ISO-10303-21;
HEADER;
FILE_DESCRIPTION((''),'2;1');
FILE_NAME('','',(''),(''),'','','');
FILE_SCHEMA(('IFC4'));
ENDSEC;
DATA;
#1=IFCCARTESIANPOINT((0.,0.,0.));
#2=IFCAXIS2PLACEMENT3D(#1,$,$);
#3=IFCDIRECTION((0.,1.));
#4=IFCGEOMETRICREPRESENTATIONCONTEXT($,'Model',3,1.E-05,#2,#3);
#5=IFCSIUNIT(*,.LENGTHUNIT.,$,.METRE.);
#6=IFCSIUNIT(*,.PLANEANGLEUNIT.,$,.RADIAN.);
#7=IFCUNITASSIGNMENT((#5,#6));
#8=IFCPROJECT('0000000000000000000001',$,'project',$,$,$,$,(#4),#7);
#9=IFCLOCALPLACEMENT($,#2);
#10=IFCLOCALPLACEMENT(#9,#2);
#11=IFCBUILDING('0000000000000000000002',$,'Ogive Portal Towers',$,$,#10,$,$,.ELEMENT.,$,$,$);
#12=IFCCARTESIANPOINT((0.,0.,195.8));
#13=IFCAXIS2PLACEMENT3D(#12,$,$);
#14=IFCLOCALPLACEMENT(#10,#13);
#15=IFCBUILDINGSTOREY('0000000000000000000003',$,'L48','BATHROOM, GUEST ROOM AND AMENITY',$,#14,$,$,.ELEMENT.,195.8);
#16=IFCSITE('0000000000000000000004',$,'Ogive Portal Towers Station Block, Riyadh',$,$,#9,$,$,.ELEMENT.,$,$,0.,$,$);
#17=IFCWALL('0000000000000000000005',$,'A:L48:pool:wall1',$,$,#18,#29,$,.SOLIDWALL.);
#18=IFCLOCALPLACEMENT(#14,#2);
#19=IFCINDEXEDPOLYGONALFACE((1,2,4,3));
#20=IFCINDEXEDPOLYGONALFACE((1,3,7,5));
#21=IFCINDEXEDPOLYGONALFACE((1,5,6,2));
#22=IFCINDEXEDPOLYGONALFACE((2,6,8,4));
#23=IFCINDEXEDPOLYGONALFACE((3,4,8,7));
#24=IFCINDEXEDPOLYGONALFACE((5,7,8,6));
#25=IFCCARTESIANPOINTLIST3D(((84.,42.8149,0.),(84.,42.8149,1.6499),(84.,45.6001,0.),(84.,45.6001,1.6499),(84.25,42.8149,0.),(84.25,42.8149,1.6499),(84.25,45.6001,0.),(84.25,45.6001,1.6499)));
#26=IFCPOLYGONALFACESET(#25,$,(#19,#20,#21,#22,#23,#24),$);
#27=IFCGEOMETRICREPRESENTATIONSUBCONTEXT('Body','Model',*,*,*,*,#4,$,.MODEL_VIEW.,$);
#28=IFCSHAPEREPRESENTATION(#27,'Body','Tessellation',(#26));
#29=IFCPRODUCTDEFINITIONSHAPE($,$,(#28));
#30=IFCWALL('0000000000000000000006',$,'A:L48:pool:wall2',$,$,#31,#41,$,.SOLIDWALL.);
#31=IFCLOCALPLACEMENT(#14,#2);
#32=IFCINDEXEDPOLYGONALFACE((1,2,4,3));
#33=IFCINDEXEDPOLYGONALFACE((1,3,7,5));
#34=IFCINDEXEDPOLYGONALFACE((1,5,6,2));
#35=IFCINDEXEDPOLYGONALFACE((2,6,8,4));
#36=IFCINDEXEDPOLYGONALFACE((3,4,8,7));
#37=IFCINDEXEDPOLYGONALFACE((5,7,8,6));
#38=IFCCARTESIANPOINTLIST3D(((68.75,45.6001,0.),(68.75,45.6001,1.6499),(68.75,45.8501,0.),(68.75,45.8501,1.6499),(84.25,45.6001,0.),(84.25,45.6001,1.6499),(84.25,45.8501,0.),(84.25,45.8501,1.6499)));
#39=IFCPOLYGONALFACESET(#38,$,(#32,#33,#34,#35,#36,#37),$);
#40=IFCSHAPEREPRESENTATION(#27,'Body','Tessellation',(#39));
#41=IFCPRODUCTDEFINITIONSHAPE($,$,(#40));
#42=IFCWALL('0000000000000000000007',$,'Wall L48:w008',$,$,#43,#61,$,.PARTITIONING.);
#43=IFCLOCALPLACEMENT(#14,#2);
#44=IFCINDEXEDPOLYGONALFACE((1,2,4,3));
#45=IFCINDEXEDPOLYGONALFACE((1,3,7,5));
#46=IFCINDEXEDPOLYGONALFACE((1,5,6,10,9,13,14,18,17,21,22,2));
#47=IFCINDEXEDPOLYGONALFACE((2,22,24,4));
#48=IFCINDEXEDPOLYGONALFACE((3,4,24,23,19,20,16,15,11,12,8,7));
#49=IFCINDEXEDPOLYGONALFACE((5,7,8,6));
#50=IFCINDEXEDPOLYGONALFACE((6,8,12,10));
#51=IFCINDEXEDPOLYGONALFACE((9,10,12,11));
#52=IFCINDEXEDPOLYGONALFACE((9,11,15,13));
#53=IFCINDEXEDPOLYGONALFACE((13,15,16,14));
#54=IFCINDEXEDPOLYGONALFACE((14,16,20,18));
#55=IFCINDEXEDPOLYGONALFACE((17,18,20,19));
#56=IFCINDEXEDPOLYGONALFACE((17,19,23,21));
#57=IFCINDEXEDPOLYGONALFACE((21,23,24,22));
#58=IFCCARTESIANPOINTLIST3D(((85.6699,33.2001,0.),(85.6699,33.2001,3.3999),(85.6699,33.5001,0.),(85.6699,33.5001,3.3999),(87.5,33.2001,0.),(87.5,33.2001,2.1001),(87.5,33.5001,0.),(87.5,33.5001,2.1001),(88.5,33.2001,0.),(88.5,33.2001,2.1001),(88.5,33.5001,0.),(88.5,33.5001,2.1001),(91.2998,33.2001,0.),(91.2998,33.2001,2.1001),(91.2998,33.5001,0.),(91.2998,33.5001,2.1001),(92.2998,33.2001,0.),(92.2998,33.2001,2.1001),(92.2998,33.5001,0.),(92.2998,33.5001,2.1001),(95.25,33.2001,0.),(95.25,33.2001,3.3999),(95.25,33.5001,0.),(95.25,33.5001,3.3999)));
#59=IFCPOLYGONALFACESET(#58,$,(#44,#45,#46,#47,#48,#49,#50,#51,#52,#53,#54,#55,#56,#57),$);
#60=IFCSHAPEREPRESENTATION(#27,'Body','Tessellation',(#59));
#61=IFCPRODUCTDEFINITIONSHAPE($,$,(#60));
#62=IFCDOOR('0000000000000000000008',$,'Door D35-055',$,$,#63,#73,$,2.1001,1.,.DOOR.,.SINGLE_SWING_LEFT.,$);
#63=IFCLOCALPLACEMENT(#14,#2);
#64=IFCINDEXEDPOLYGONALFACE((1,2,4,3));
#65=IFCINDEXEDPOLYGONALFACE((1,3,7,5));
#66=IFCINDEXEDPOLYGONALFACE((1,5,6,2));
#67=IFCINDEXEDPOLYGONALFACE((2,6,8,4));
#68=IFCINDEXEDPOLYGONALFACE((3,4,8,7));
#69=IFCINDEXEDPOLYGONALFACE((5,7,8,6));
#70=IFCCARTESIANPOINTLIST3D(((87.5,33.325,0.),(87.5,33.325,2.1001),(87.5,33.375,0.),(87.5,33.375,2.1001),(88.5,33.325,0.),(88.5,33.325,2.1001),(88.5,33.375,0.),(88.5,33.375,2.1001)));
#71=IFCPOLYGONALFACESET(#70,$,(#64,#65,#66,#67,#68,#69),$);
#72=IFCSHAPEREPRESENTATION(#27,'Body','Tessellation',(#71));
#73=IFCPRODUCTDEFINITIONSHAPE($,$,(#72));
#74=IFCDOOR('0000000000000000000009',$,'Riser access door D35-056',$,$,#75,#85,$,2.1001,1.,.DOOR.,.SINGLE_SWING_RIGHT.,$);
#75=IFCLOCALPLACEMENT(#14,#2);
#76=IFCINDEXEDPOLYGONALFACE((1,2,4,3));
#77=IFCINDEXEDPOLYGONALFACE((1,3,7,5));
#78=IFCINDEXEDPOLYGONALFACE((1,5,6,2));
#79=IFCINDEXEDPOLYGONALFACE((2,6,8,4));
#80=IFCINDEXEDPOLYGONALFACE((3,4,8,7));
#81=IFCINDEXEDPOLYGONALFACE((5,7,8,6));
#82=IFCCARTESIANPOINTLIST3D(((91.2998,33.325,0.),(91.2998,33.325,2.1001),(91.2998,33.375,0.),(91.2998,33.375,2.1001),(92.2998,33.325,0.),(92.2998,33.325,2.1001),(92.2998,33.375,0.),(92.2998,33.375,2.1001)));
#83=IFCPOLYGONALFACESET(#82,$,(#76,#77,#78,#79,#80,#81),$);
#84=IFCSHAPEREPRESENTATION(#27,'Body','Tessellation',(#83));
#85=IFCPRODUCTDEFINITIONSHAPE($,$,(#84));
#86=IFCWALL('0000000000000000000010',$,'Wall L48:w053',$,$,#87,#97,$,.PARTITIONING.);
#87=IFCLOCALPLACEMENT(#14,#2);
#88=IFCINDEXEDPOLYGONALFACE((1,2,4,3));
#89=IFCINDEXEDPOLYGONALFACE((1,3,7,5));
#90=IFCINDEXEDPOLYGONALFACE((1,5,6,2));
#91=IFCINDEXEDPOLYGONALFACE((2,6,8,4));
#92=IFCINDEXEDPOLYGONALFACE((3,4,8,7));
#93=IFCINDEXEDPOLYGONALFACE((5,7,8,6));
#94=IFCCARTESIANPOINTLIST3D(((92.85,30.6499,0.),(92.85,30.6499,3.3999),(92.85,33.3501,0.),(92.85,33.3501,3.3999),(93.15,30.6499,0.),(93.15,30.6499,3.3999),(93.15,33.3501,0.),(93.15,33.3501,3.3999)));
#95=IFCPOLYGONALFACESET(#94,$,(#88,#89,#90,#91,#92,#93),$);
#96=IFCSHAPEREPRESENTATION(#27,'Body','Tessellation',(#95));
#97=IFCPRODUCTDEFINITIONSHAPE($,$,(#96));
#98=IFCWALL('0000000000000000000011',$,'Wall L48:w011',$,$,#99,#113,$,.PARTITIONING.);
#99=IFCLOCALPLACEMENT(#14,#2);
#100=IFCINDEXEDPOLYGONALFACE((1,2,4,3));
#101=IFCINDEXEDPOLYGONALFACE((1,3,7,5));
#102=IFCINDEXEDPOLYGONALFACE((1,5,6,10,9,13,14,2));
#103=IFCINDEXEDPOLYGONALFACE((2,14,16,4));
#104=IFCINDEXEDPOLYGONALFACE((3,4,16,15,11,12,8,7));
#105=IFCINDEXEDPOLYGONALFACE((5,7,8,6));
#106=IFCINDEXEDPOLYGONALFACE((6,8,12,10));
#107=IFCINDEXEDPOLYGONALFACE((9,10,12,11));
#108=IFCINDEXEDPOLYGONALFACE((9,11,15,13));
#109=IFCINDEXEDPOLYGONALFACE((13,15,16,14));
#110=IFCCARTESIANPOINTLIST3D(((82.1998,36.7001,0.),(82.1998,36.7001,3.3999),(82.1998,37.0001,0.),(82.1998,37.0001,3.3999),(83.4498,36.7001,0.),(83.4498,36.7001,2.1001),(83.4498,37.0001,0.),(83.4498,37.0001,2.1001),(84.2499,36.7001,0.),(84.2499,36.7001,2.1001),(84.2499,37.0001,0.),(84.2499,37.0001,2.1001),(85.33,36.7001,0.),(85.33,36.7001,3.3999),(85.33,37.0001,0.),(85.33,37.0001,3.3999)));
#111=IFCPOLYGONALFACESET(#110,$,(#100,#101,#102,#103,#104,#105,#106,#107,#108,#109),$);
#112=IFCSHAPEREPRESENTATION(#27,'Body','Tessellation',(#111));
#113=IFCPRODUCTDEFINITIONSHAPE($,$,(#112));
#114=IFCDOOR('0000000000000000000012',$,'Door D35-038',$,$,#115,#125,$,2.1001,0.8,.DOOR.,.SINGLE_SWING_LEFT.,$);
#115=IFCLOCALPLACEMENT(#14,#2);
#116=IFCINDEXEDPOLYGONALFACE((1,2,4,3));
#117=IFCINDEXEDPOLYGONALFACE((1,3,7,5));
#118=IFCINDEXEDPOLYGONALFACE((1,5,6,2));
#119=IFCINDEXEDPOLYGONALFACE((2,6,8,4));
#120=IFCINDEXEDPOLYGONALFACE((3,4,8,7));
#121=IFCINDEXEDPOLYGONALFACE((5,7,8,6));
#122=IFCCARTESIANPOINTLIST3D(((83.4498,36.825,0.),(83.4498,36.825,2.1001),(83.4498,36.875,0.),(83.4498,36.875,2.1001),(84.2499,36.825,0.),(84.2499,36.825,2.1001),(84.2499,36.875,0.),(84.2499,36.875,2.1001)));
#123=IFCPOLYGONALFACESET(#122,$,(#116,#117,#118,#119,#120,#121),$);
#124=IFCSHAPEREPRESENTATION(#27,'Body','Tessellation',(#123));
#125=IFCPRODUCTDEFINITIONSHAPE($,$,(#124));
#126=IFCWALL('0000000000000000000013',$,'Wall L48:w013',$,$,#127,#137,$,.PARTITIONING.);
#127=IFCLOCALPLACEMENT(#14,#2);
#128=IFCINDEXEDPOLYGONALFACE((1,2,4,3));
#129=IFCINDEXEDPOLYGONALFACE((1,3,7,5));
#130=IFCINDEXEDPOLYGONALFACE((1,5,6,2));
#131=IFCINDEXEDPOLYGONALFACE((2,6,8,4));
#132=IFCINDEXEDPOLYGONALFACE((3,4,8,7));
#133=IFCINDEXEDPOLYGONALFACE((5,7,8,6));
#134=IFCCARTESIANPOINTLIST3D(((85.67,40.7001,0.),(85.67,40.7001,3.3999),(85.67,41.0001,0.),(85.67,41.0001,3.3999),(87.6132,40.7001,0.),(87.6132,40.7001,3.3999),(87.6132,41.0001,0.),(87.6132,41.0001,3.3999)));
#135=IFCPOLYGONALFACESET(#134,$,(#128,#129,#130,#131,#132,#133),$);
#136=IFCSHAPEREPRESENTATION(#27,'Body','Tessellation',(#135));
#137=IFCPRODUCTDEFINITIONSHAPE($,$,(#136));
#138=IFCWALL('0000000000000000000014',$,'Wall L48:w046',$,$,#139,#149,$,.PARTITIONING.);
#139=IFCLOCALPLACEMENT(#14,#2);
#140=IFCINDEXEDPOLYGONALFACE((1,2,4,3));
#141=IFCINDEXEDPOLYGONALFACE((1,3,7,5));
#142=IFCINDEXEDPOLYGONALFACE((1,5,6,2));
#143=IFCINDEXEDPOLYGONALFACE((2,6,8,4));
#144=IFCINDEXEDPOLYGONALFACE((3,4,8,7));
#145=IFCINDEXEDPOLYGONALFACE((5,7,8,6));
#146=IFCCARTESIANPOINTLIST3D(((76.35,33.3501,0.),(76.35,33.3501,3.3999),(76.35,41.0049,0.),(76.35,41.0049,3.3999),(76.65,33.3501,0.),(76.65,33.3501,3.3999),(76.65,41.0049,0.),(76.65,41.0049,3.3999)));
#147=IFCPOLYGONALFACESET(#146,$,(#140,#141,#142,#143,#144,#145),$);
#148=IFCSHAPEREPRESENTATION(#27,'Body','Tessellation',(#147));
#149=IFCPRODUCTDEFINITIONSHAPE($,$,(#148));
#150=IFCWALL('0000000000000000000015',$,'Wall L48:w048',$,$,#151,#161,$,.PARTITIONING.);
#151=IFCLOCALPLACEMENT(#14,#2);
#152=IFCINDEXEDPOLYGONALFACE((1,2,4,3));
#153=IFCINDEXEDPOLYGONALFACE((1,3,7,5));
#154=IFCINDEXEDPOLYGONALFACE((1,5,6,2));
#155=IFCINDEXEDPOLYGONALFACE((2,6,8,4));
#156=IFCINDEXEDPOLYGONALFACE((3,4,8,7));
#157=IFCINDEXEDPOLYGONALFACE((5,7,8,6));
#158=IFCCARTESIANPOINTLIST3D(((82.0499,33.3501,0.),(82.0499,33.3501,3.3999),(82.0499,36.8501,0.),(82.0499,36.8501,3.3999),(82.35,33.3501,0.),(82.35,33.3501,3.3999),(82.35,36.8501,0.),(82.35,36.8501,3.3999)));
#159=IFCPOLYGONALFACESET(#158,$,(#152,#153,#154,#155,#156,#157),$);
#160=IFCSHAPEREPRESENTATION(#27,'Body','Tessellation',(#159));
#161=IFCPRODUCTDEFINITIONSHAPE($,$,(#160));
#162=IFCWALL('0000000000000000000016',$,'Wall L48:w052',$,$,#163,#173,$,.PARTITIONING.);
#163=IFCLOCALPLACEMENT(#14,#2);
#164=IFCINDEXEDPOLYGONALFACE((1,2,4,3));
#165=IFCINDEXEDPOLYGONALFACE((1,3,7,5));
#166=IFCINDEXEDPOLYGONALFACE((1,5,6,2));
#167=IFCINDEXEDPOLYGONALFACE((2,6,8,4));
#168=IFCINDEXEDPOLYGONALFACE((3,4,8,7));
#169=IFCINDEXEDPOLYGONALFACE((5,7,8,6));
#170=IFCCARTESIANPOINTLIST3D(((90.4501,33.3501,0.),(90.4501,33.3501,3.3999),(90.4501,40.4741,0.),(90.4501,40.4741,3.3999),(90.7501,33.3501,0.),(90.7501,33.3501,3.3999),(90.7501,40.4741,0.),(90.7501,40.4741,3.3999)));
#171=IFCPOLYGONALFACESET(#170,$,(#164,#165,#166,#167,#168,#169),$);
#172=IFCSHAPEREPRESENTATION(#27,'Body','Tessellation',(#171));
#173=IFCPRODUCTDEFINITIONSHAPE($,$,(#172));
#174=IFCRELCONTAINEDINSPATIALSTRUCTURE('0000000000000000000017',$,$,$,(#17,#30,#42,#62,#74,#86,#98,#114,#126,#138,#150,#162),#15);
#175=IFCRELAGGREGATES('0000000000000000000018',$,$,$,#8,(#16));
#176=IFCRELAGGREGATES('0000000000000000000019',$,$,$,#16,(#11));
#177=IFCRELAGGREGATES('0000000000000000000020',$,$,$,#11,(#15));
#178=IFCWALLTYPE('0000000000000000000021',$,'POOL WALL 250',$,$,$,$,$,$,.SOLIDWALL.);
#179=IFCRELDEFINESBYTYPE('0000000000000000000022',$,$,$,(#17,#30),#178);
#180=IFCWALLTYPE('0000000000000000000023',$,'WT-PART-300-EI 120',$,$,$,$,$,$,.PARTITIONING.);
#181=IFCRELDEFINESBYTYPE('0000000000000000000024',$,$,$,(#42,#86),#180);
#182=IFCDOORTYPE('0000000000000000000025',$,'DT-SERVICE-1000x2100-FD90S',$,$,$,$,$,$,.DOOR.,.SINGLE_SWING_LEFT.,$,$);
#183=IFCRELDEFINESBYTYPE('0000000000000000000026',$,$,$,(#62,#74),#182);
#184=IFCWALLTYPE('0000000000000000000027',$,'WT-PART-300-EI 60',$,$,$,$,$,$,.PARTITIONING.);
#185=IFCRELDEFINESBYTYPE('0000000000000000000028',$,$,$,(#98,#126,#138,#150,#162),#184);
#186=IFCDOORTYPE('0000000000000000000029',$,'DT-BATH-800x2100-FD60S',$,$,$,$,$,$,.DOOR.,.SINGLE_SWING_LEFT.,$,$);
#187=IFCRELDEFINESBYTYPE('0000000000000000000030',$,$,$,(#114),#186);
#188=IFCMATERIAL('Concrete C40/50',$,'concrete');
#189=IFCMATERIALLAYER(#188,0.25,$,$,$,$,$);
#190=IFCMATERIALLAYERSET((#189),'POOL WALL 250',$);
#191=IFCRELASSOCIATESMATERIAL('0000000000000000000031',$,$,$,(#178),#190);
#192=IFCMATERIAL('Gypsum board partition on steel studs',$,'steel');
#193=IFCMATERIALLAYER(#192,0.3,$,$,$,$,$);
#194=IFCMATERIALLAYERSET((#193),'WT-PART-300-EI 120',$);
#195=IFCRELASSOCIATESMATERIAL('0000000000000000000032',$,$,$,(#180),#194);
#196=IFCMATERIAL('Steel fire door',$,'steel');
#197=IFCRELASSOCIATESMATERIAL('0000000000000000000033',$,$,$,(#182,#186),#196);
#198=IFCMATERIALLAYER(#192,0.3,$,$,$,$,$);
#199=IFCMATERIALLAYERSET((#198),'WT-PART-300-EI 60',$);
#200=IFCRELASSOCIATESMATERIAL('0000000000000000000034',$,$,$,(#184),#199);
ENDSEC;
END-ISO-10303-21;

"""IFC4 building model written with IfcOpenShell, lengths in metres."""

from ifc_helpers import new_model, si_unit, direction, frame, frame_2d, origin, place, context, subcontext, project, spatial, rectangle, extrude, material, layer, layer_set, type_object, element, fill, save


model = new_model("IFC4")

# Units and contexts
model_context = context("Model", 3, precision=1e-05, world=origin(), true_north=direction((0.0, 1.0)))
body_context = subcontext(model_context, "Body", "Model", "MODEL_VIEW")
ifc_project = project(units=[si_unit("LENGTHUNIT", "METRE"), si_unit("PLANEANGLEUNIT", "RADIAN")], contexts=[model_context])

# Site, building, storey
site_placement = place(None, origin())
site = spatial("IfcSite", under=ifc_project, at=site_placement, Name="Ogive Portal Towers Station Block, Riyadh", CompositionType="ELEMENT", RefElevation=0.0)
building_placement = place(site_placement, origin())
building = spatial("IfcBuilding", under=site, at=building_placement, Name="Ogive Portal Towers", CompositionType="ELEMENT")
storey_placement = place(building_placement, frame((0.0, 0.0, 195.8)))
storey = spatial("IfcBuildingStorey", under=building, at=storey_placement, Name="L48", Description="BATHROOM, GUEST ROOM AND AMENITY", CompositionType="ELEMENT", Elevation=195.8)

# Walls
ifc_material_1 = material(Name="Concrete C40/50", Category="concrete")
ifc_layer_1 = layer(ifc_material_1, 0.25)
ifc_layer_set_1 = layer_set([ifc_layer_1], Name="POOL WALL 250")
wall_type_1 = type_object("IfcWallType", Name="POOL WALL 250", PredefinedType="SOLIDWALL", material=ifc_layer_set_1)
wall_1_placement = place(storey_placement, frame((84.125, 42.8149, 0.0), z_axis=(0.0, 0.0, 1.0), x_axis=(0.0, 1.0, 0.0)))
element("IfcWall", 1, at=wall_1_placement, inside=storey, type_object=wall_type_1, Name="A:L48:pool:wall1", PredefinedType="SOLIDWALL", context=body_context, shape_type="SweptSolid", body=[
    extrude(rectangle(XDim=2.7852, YDim=0.25, at=frame_2d((1.3926, 0.0))), origin(), (0.0, 0.0, 1.0), 1.6499),
])
wall_2_placement = place(storey_placement, frame((84.25, 45.7251, 0.0), z_axis=(0.0, 0.0, 1.0), x_axis=(-1.0, 0.0, 0.0)))
element("IfcWall", 2, at=wall_2_placement, inside=storey, type_object=wall_type_1, Name="A:L48:pool:wall2", PredefinedType="SOLIDWALL", context=body_context, shape_type="SweptSolid", body=[
    extrude(rectangle(XDim=15.5, YDim=0.25, at=frame_2d((7.75, 0.0))), origin(), (0.0, 0.0, 1.0), 1.6499),
])

# Wall, openings, doors
ifc_material_2 = material(Name="Gypsum board partition on steel studs", Category="steel")
ifc_layer_2 = layer(ifc_material_2, 0.3)
ifc_layer_set_2 = layer_set([ifc_layer_2], Name="WT-PART-300-EI 120")
wall_type_2 = type_object("IfcWallType", Name="WT-PART-300-EI 120", PredefinedType="PARTITIONING", material=ifc_layer_set_2)
wall_3_placement = place(storey_placement, frame((85.6699, 33.3501, 0.0), z_axis=(0.0, 0.0, 1.0), x_axis=(1.0, 0.0, 0.0)))
wall_3 = element("IfcWall", 3, at=wall_3_placement, inside=storey, type_object=wall_type_2, Name="Wall L48:w008", PredefinedType="PARTITIONING", context=body_context, shape_type="SweptSolid", body=[
    extrude(rectangle(XDim=9.5801, YDim=0.3, at=frame_2d((4.79, 0.0))), origin(), (0.0, 0.0, 1.0), 3.3999),
])
opening_1_placement = place(wall_3_placement, frame((1.8301, 0.0, 0.0)))
opening_1 = element("IfcOpeningElement", 4, at=opening_1_placement, cuts=wall_3, PredefinedType="OPENING", context=body_context, shape_type="SweptSolid", body=[
    extrude(rectangle(XDim=1.0, YDim=2.1001, at=frame_2d((0.5, 1.05))), frame((0.0, 0.1602, 0.0), z_axis=(0.0, -1.0, 0.0), x_axis=(1.0, 0.0, 0.0)), (0.0, 0.0, 1.0), 0.3201),
])
opening_2_placement = place(wall_3_placement, frame((5.6299, 0.0, 0.0)))
opening_2 = element("IfcOpeningElement", 5, at=opening_2_placement, cuts=wall_3, PredefinedType="OPENING", context=body_context, shape_type="SweptSolid", body=[
    extrude(rectangle(XDim=1.0, YDim=2.1001, at=frame_2d((0.5, 1.05))), frame((0.0, 0.1602, 0.0), z_axis=(0.0, -1.0, 0.0), x_axis=(1.0, 0.0, 0.0)), (0.0, 0.0, 1.0), 0.3201),
])
ifc_material_3 = material(Name="Steel fire door", Category="steel")
door_type_1 = type_object("IfcDoorType", Name="DT-SERVICE-1000x2100-FD90S", OperationType="SINGLE_SWING_LEFT", PredefinedType="DOOR", material=ifc_material_3)
door_1_placement = place(opening_1_placement, origin())
door_1 = element("IfcDoor", 6, at=door_1_placement, inside=storey, type_object=door_type_1, Name="Door D35-055", OperationType="SINGLE_SWING_LEFT", OverallHeight=2.1001, OverallWidth=1.0, PredefinedType="DOOR", context=body_context, shape_type="SweptSolid", body=[
    extrude(rectangle(XDim=1.0, YDim=2.1001, at=frame_2d((0.5, 1.05))), frame((0.0, 0.0249, 0.0), z_axis=(0.0, -1.0, 0.0), x_axis=(1.0, 0.0, 0.0)), (0.0, 0.0, 1.0), 0.05),
])
fill(opening_1, door_1)
door_2_placement = place(opening_2_placement, origin())
door_2 = element("IfcDoor", 7, at=door_2_placement, inside=storey, type_object=door_type_1, Name="Riser access door D35-056", OperationType="SINGLE_SWING_RIGHT", OverallHeight=2.1001, OverallWidth=1.0, PredefinedType="DOOR", context=body_context, shape_type="SweptSolid", body=[
    extrude(rectangle(XDim=1.0, YDim=2.1001, at=frame_2d((0.5, 1.05))), frame((0.0, 0.0249, 0.0), z_axis=(0.0, -1.0, 0.0), x_axis=(1.0, 0.0, 0.0)), (0.0, 0.0, 1.0), 0.05),
])
fill(opening_2, door_2)

# Wall
wall_4_placement = place(storey_placement, frame((93.0, 30.6499, 0.0), z_axis=(0.0, 0.0, 1.0), x_axis=(0.0, 1.0, 0.0)))
element("IfcWall", 8, at=wall_4_placement, inside=storey, type_object=wall_type_2, Name="Wall L48:w053", PredefinedType="PARTITIONING", context=body_context, shape_type="SweptSolid", body=[
    extrude(rectangle(XDim=2.7002, YDim=0.3, at=frame_2d((1.3501, 0.0))), origin(), (0.0, 0.0, 1.0), 3.3999),
])

# Wall, opening, door
ifc_layer_3 = layer(ifc_material_2, 0.3)
ifc_layer_set_3 = layer_set([ifc_layer_3], Name="WT-PART-300-EI 60")
wall_type_3 = type_object("IfcWallType", Name="WT-PART-300-EI 60", PredefinedType="PARTITIONING", material=ifc_layer_set_3)
wall_5_placement = place(storey_placement, frame((82.2, 36.8501, 0.0), z_axis=(0.0, 0.0, 1.0), x_axis=(1.0, 0.0, 0.0)))
wall_5 = element("IfcWall", 9, at=wall_5_placement, inside=storey, type_object=wall_type_3, Name="Wall L48:w011", PredefinedType="PARTITIONING", context=body_context, shape_type="SweptSolid", body=[
    extrude(rectangle(XDim=3.1301, YDim=0.3, at=frame_2d((1.5649, 0.0))), origin(), (0.0, 0.0, 1.0), 3.3999),
])
opening_3_placement = place(wall_5_placement, frame((1.25, 0.0, 0.0)))
opening_3 = element("IfcOpeningElement", 10, at=opening_3_placement, cuts=wall_5, PredefinedType="OPENING", context=body_context, shape_type="SweptSolid", body=[
    extrude(rectangle(XDim=0.8, YDim=2.1001, at=frame_2d((0.3999, 1.05))), frame((0.0, 0.1602, 0.0), z_axis=(0.0, -1.0, 0.0), x_axis=(1.0, 0.0, 0.0)), (0.0, 0.0, 1.0), 0.3201),
])
door_type_2 = type_object("IfcDoorType", Name="DT-BATH-800x2100-FD60S", OperationType="SINGLE_SWING_LEFT", PredefinedType="DOOR", material=ifc_material_3)
door_3_placement = place(opening_3_placement, origin())
door_3 = element("IfcDoor", 11, at=door_3_placement, inside=storey, type_object=door_type_2, Name="Door D35-038", OperationType="SINGLE_SWING_LEFT", OverallHeight=2.1001, OverallWidth=0.8, PredefinedType="DOOR", context=body_context, shape_type="SweptSolid", body=[
    extrude(rectangle(XDim=0.8, YDim=2.1001, at=frame_2d((0.3999, 1.05))), frame((0.0, 0.0249, 0.0), z_axis=(0.0, -1.0, 0.0), x_axis=(1.0, 0.0, 0.0)), (0.0, 0.0, 1.0), 0.05),
])
fill(opening_3, door_3)

# Walls
wall_6_placement = place(storey_placement, frame((85.6699, 40.8501, 0.0), z_axis=(0.0, 0.0, 1.0), x_axis=(1.0, 0.0, 0.0)))
element("IfcWall", 12, at=wall_6_placement, inside=storey, type_object=wall_type_3, Name="Wall L48:w013", PredefinedType="PARTITIONING", context=body_context, shape_type="SweptSolid", body=[
    extrude(rectangle(XDim=1.9431, YDim=0.3, at=frame_2d((0.9717, 0.0))), origin(), (0.0, 0.0, 1.0), 3.3999),
])
wall_7_placement = place(storey_placement, frame((76.5, 33.3501, 0.0), z_axis=(0.0, 0.0, 1.0), x_axis=(0.0, 1.0, 0.0)))
element("IfcWall", 13, at=wall_7_placement, inside=storey, type_object=wall_type_3, Name="Wall L48:w046", PredefinedType="PARTITIONING", context=body_context, shape_type="SweptSolid", body=[
    extrude(rectangle(XDim=7.6548, YDim=0.3, at=frame_2d((3.8274, 0.0))), origin(), (0.0, 0.0, 1.0), 3.3999),
])
wall_8_placement = place(storey_placement, frame((82.2, 33.3501, 0.0), z_axis=(0.0, 0.0, 1.0), x_axis=(0.0, 1.0, 0.0)))
element("IfcWall", 14, at=wall_8_placement, inside=storey, type_object=wall_type_3, Name="Wall L48:w048", PredefinedType="PARTITIONING", context=body_context, shape_type="SweptSolid", body=[
    extrude(rectangle(XDim=3.5, YDim=0.3, at=frame_2d((1.75, 0.0))), origin(), (0.0, 0.0, 1.0), 3.3999),
])
wall_9_placement = place(storey_placement, frame((90.6001, 33.3501, 0.0), z_axis=(0.0, 0.0, 1.0), x_axis=(0.0, 1.0, 0.0)))
element("IfcWall", 15, at=wall_9_placement, inside=storey, type_object=wall_type_3, Name="Wall L48:w052", PredefinedType="PARTITIONING", context=body_context, shape_type="SweptSolid", body=[
    extrude(rectangle(XDim=7.124, YDim=0.3, at=frame_2d((3.562, 0.0))), origin(), (0.0, 0.0, 1.0), 3.3999),
])

save(model, "model.ifc")
